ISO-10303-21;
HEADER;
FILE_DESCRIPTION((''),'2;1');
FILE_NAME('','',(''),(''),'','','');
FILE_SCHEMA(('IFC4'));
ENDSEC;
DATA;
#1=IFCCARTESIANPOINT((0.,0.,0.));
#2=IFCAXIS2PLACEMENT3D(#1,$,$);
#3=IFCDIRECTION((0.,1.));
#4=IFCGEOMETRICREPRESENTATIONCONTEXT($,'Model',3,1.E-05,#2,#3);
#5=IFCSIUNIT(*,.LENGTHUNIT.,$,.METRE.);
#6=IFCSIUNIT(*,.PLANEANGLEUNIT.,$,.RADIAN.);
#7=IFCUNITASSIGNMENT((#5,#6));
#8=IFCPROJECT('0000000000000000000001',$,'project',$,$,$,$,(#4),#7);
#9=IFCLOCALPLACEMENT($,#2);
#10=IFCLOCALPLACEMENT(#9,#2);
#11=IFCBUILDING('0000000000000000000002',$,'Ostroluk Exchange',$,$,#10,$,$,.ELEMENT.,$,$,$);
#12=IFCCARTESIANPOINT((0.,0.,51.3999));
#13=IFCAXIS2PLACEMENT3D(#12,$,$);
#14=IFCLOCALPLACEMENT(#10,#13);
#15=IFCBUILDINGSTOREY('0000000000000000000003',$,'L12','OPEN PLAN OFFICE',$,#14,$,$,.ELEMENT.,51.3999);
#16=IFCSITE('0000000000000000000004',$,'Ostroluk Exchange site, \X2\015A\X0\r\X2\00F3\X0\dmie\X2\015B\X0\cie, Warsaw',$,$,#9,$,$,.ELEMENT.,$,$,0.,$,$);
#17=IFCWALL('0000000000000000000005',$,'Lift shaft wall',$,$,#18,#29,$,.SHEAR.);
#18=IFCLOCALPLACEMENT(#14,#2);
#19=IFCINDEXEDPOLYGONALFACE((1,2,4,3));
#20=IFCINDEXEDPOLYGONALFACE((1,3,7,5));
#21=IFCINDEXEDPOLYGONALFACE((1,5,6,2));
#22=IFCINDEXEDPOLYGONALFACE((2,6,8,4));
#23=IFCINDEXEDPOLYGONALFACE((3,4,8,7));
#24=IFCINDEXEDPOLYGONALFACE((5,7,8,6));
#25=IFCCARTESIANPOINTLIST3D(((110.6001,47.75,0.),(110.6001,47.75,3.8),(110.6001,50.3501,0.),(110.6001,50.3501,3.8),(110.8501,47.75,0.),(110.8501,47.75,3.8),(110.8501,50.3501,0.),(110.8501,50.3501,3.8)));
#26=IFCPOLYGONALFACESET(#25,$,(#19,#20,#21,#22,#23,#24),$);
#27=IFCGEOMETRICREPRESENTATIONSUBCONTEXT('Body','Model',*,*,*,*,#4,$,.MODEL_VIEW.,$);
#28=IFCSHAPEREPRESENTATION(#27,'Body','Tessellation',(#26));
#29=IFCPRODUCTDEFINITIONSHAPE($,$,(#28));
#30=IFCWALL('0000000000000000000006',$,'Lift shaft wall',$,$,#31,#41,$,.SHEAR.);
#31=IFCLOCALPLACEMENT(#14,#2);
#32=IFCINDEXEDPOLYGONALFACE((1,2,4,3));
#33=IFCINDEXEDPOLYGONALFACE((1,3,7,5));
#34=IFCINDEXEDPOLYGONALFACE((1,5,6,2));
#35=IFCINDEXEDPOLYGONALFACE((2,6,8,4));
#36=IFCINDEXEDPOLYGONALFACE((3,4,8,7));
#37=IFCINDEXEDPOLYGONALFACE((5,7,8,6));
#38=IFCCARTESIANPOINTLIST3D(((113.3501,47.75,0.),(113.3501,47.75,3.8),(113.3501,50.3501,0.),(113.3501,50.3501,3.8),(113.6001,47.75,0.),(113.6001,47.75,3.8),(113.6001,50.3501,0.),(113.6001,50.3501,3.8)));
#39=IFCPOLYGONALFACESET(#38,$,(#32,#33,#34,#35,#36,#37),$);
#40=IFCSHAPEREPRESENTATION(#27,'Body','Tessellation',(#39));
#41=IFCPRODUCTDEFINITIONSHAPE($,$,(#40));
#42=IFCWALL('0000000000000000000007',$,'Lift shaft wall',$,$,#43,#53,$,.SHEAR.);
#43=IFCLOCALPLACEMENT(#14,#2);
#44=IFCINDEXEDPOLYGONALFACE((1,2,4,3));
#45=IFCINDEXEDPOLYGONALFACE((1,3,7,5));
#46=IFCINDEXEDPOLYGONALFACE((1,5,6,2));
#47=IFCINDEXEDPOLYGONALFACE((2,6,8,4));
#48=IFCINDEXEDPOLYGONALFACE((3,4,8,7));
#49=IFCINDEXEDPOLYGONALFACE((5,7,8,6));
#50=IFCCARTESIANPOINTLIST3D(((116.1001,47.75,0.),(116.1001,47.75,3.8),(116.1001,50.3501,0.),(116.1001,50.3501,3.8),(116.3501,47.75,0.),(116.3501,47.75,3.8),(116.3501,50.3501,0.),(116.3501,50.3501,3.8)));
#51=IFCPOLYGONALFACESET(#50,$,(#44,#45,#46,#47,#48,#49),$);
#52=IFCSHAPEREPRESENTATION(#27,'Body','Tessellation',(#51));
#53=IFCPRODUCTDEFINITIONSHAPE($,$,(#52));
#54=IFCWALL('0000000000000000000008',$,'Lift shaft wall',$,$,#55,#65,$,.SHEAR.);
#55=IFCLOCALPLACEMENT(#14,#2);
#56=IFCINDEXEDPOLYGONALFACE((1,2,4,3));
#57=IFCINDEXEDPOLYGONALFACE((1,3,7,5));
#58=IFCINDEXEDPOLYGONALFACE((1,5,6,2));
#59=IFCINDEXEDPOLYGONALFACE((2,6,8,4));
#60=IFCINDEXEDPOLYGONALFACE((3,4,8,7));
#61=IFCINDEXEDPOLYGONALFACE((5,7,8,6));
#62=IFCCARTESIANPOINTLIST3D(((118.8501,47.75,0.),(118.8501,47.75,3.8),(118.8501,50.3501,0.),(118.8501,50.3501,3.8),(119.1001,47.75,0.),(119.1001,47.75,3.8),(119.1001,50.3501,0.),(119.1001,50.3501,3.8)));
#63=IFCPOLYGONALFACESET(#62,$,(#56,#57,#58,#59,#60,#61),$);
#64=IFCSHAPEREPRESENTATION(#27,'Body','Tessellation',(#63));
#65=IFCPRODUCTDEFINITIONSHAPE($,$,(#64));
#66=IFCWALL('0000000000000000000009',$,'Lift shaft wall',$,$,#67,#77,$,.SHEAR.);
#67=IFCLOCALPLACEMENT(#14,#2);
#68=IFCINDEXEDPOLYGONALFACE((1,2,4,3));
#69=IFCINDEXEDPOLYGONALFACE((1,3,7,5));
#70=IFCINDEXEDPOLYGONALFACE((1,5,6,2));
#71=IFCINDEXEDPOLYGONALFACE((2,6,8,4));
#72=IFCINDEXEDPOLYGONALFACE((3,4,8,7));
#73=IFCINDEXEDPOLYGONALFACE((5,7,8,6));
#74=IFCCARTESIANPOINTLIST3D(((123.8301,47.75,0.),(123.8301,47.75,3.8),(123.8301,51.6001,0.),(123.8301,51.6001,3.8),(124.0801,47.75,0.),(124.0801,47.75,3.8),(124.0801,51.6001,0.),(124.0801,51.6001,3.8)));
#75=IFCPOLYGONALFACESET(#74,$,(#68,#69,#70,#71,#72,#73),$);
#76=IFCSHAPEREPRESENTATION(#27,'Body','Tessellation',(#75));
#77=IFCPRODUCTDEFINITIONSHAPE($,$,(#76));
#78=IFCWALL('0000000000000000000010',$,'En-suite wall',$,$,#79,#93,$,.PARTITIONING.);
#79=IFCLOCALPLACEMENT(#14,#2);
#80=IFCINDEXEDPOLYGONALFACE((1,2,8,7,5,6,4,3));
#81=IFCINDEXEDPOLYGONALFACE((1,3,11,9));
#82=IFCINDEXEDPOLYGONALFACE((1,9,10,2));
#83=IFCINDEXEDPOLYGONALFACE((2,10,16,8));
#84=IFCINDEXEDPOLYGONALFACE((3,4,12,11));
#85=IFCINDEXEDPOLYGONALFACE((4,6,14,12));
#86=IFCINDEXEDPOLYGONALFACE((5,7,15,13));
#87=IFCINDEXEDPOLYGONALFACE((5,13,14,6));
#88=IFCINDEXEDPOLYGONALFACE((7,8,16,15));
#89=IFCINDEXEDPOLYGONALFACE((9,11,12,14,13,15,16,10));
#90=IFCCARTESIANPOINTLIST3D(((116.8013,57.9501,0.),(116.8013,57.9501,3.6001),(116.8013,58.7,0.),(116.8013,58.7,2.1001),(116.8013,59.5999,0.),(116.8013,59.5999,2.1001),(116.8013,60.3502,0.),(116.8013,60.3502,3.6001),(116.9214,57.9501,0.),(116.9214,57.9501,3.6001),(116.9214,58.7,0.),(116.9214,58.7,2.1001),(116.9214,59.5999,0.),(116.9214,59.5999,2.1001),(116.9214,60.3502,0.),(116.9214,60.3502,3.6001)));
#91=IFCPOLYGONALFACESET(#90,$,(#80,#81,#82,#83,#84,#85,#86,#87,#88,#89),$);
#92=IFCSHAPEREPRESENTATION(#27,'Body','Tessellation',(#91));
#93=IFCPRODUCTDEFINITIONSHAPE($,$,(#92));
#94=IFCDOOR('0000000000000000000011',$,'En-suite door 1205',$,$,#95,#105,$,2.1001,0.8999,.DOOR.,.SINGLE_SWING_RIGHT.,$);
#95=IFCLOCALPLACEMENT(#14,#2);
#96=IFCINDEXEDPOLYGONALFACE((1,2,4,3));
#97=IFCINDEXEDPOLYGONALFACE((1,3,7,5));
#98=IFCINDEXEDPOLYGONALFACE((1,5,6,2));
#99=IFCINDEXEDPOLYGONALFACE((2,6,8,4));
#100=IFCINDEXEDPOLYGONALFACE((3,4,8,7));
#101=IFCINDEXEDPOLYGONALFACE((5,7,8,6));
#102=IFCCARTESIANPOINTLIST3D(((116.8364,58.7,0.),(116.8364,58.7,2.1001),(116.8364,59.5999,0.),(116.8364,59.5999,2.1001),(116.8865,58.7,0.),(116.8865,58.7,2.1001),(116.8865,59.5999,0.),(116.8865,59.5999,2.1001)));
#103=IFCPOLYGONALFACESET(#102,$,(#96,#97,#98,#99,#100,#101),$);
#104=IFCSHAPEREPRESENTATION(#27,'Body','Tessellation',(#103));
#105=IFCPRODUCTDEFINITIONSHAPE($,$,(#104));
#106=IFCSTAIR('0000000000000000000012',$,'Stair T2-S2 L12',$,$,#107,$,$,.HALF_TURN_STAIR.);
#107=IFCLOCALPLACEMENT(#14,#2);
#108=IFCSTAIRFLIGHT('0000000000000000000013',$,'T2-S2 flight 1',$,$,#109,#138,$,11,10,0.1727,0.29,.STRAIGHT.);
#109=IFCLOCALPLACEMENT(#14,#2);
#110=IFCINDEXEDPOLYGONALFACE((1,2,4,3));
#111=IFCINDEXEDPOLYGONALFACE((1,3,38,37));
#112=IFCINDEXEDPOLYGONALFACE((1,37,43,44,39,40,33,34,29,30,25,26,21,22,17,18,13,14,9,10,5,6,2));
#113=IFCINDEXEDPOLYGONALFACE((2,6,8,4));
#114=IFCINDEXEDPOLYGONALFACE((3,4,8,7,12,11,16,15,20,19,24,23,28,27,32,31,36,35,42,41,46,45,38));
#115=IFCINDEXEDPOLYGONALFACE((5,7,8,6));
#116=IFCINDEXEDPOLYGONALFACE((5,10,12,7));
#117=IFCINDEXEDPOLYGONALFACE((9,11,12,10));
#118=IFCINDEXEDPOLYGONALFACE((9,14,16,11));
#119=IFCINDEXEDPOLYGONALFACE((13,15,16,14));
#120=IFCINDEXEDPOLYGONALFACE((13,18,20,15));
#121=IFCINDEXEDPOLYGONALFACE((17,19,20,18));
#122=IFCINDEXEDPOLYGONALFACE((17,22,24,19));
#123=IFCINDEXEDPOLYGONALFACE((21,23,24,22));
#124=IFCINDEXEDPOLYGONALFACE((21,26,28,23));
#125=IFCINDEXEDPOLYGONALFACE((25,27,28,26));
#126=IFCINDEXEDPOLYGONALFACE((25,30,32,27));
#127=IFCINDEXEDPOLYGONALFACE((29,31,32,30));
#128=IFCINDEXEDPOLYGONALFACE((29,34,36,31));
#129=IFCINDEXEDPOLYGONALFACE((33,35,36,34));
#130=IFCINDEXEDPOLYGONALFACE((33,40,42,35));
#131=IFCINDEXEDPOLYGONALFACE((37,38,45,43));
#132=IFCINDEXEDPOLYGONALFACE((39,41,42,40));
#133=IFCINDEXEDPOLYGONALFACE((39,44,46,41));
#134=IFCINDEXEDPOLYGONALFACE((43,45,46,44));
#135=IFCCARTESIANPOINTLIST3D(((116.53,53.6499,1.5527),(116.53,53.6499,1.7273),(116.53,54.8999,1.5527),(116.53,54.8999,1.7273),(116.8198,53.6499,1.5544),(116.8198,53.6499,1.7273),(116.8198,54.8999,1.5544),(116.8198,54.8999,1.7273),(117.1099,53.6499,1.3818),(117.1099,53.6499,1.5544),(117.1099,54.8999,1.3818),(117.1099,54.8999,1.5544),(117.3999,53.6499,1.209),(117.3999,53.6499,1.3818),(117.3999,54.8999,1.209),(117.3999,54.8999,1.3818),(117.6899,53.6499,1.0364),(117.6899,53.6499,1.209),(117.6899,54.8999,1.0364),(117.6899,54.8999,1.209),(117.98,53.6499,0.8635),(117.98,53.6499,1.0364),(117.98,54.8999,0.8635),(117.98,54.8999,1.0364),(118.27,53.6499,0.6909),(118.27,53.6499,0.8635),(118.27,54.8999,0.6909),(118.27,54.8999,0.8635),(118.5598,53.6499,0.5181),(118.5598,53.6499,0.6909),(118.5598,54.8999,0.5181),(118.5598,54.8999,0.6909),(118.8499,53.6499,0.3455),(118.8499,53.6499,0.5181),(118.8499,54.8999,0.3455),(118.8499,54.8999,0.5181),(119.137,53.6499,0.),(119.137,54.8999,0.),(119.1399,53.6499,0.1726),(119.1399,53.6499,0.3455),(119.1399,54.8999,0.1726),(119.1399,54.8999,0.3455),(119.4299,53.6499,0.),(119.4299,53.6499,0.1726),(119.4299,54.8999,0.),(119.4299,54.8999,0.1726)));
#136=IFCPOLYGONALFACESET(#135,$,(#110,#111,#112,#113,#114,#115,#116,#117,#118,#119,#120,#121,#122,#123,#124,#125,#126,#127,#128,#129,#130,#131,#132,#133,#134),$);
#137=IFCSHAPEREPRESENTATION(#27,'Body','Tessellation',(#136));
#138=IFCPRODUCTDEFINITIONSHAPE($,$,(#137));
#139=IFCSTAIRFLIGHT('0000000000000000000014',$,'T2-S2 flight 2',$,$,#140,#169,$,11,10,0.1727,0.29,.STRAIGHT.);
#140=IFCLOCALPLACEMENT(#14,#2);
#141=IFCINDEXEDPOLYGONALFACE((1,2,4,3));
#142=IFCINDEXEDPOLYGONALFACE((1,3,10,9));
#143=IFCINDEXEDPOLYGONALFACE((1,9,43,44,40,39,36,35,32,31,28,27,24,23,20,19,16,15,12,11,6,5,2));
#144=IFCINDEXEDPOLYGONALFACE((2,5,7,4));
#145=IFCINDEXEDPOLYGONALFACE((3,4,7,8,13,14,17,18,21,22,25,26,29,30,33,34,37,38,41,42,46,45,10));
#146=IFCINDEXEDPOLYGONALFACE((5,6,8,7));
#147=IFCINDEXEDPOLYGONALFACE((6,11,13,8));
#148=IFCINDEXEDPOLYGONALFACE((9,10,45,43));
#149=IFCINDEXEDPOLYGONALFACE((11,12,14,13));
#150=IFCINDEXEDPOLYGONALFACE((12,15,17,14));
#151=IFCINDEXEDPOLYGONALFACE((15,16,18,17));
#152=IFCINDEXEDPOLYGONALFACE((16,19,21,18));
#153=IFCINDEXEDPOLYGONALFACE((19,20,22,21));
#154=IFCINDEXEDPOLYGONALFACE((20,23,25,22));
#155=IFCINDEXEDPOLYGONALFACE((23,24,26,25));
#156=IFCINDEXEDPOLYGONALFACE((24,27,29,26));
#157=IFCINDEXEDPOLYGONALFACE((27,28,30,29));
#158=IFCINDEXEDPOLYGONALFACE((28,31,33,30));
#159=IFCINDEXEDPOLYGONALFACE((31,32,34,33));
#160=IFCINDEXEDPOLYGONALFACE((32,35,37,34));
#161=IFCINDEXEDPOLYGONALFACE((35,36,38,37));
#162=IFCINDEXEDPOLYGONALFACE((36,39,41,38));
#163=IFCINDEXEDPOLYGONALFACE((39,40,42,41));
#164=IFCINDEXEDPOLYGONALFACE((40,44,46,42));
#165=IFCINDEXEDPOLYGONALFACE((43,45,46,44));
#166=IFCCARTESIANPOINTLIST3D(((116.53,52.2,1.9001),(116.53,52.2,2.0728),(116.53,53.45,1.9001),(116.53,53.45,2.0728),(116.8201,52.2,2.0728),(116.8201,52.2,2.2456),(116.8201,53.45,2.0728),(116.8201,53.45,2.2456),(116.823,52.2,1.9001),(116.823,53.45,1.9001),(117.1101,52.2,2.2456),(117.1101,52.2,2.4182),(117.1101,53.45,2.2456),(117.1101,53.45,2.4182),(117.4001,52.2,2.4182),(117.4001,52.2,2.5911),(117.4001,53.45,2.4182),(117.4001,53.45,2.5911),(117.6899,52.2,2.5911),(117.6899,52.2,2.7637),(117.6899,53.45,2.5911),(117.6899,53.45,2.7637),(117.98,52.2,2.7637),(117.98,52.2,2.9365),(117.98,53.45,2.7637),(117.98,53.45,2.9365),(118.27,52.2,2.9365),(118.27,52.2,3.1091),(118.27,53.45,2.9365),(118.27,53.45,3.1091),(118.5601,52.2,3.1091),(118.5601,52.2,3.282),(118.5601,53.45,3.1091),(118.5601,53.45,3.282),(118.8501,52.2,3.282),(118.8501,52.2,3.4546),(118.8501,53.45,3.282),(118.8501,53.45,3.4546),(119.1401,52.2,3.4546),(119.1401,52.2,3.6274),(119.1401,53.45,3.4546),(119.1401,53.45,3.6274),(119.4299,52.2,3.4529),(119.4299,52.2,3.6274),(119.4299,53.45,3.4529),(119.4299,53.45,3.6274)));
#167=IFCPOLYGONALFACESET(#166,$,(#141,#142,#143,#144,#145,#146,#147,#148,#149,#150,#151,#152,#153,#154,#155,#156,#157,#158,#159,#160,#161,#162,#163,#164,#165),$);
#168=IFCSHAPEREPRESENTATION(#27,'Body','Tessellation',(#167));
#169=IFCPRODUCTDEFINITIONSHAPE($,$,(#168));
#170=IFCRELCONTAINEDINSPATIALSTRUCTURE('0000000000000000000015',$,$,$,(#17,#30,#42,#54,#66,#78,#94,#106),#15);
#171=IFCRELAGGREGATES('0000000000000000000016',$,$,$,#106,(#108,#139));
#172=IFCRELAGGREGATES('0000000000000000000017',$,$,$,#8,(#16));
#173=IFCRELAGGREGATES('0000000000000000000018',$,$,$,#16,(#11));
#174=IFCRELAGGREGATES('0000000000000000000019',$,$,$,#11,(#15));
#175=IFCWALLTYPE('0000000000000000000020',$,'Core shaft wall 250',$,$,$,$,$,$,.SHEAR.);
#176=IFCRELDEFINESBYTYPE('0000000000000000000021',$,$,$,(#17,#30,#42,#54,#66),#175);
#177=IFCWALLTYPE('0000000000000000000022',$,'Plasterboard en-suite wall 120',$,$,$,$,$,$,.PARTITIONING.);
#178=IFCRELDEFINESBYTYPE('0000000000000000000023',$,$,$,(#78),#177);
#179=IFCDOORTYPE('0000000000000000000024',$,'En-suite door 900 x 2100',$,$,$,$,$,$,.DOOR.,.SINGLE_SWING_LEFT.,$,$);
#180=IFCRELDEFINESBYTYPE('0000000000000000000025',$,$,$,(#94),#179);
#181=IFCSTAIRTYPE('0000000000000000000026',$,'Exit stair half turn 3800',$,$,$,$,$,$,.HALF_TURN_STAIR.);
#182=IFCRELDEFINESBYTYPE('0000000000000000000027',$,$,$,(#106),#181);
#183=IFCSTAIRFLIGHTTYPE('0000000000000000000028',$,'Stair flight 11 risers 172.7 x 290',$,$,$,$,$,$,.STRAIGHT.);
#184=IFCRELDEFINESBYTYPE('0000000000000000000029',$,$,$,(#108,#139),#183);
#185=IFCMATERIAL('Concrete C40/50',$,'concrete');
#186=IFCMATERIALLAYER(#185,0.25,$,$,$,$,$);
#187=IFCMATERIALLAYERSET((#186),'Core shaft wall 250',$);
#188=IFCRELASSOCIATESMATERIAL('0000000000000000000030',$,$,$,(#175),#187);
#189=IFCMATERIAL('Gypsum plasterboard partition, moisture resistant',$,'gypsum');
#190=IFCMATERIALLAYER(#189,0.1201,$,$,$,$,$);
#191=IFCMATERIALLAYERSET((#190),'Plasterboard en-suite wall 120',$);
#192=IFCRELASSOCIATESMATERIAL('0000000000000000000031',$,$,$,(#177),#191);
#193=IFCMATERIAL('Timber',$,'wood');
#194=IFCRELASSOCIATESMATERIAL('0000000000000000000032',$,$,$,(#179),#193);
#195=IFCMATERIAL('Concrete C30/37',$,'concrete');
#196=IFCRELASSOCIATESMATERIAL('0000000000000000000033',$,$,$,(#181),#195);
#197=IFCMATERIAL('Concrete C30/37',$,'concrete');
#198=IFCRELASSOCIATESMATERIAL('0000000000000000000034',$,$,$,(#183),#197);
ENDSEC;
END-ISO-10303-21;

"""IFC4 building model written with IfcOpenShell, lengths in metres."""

from ifc_helpers import new_model, si_unit, direction, frame, frame_2d, origin, place, context, subcontext, project, spatial, polyline, rectangle, outline, extrude, material, layer, layer_set, type_object, element, fill, aggregate, save


model = new_model("IFC4")

# Units and contexts
model_context = context("Model", 3, precision=1e-05, world=origin(), true_north=direction((0.0, 1.0)))
body_context = subcontext(model_context, "Body", "Model", "MODEL_VIEW")
ifc_project = project(units=[si_unit("LENGTHUNIT", "METRE"), si_unit("PLANEANGLEUNIT", "RADIAN")], contexts=[model_context])

# Site, building, storey
site_placement = place(None, origin())
site = spatial("IfcSite", under=ifc_project, at=site_placement, Name="Ostroluk Exchange site, Śródmieście, Warsaw", CompositionType="ELEMENT", RefElevation=0.0)
building_placement = place(site_placement, origin())
building = spatial("IfcBuilding", under=site, at=building_placement, Name="Ostroluk Exchange", CompositionType="ELEMENT")
storey_placement = place(building_placement, frame((0.0, 0.0, 51.3999)))
storey = spatial("IfcBuildingStorey", under=building, at=storey_placement, Name="L12", Description="OPEN PLAN OFFICE", CompositionType="ELEMENT", Elevation=51.3999)

# Shared definitions
ifc_material_1 = material(Name="Concrete C40/50", Category="concrete")
ifc_layer_1 = layer(ifc_material_1, 0.25)
ifc_layer_set_1 = layer_set([ifc_layer_1], Name="Core shaft wall 250")
wall_type_1 = type_object("IfcWallType", Name="Core shaft wall 250", PredefinedType="SHEAR", material=ifc_layer_set_1)

# Walls
for number, where, z_axis, x_axis, name in (
    (1, (110.7251, 47.75, 0.0), (0.0, 0.0, 1.0), (0.0, 1.0, 0.0), "Lift shaft wall"),
    (2, (113.4751, 47.75, 0.0), (0.0, 0.0, 1.0), (0.0, 1.0, 0.0), "Lift shaft wall"),
    (3, (116.2251, 47.75, 0.0), (0.0, 0.0, 1.0), (0.0, 1.0, 0.0), "Lift shaft wall"),
    (4, (118.9751, 47.75, 0.0), (0.0, 0.0, 1.0), (0.0, 1.0, 0.0), "Lift shaft wall"),
):
    element("IfcWall", number, at=place(storey_placement, frame(where, z_axis=z_axis, x_axis=x_axis)), inside=storey, type_object=wall_type_1, Name=name, PredefinedType="SHEAR", context=body_context, shape_type="SweptSolid", body=[
        extrude(rectangle(XDim=2.6001, YDim=0.25, at=frame_2d((1.3, 0.0))), origin(), (0.0, 0.0, 1.0), 3.8),
    ])
wall_1_placement = place(storey_placement, frame((123.9551, 47.75, 0.0), z_axis=(0.0, 0.0, 1.0), x_axis=(0.0, 1.0, 0.0)))
element("IfcWall", 5, at=wall_1_placement, inside=storey, type_object=wall_type_1, Name="Lift shaft wall", PredefinedType="SHEAR", context=body_context, shape_type="SweptSolid", body=[
    extrude(rectangle(XDim=3.8501, YDim=0.25, at=frame_2d((1.925, 0.0))), origin(), (0.0, 0.0, 1.0), 3.8),
])

# Wall, opening, door
ifc_material_2 = material(Name="Gypsum plasterboard partition, moisture resistant", Category="gypsum")
ifc_layer_2 = layer(ifc_material_2, 0.1201)
ifc_layer_set_2 = layer_set([ifc_layer_2], Name="Plasterboard en-suite wall 120")
wall_type_2 = type_object("IfcWallType", Name="Plasterboard en-suite wall 120", PredefinedType="PARTITIONING", material=ifc_layer_set_2)
wall_2_placement = place(storey_placement, frame((116.8613, 57.95, 0.0), z_axis=(0.0, 0.0, 1.0), x_axis=(0.0, 1.0, 0.0)))
wall_2 = element("IfcWall", 6, at=wall_2_placement, inside=storey, type_object=wall_type_2, Name="En-suite wall", PredefinedType="PARTITIONING", context=body_context, shape_type="SweptSolid", body=[
    extrude(rectangle(XDim=2.4001, YDim=0.1201, at=frame_2d((1.2002, 0.0))), origin(), (0.0, 0.0, 1.0), 3.6001),
])
opening_1_placement = place(wall_2_placement, frame((0.75, 0.0, 0.0)))
opening_1 = element("IfcOpeningElement", 7, at=opening_1_placement, cuts=wall_2, PredefinedType="OPENING", context=body_context, shape_type="SweptSolid", body=[
    extrude(rectangle(XDim=0.8999, YDim=2.1001, at=frame_2d((0.45, 1.05))), frame((0.0, 0.0701, 0.0), z_axis=(0.0, -1.0, 0.0), x_axis=(1.0, 0.0, 0.0)), (0.0, 0.0, 1.0), 0.1401),
])
ifc_material_3 = material(Name="Timber", Category="wood")
door_type_1 = type_object("IfcDoorType", Name="En-suite door 900 x 2100", OperationType="SINGLE_SWING_LEFT", PredefinedType="DOOR", material=ifc_material_3)
door_1_placement = place(opening_1_placement, origin())
door_1 = element("IfcDoor", 8, at=door_1_placement, inside=storey, type_object=door_type_1, Name="En-suite door 1205", OperationType="SINGLE_SWING_RIGHT", OverallHeight=2.1001, OverallWidth=0.8999, PredefinedType="DOOR", context=body_context, shape_type="SweptSolid", body=[
    extrude(rectangle(XDim=0.8999, YDim=2.1001, at=frame_2d((0.45, 1.05))), frame((0.0, 0.0249, 0.0), z_axis=(0.0, -1.0, 0.0), x_axis=(1.0, 0.0, 0.0)), (0.0, 0.0, 1.0), 0.05),
])
fill(opening_1, door_1)

# Stair, stair flights
ifc_material_4 = material(Name="Concrete C30/37", Category="concrete")
stair_type = type_object("IfcStairType", Name="Exit stair half turn 3800", PredefinedType="HALF_TURN_STAIR", material=ifc_material_4)
stair_placement = place(storey_placement, origin())
stair = element("IfcStair", 9, at=stair_placement, inside=storey, type_object=stair_type, Name="Stair T2-S2 L12", PredefinedType="HALF_TURN_STAIR")
ifc_material_5 = material(Name="Concrete C30/37", Category="concrete")
stair_flight_type = type_object("IfcStairFlightType", Name="Stair flight 11 risers 172.7 x 290", PredefinedType="STRAIGHT", material=ifc_material_5)
stair_flight_1_placement = place(storey_placement, frame((119.4299, 54.2749, 0.0), z_axis=(0.0, 0.0, 1.0), x_axis=(-1.0, 0.0, 0.0)))
stair_flight_1 = element("IfcStairFlight", 10, at=stair_flight_1_placement, type_object=stair_flight_type, Name="T2-S2 flight 1", NumberOfRisers=11, NumberOfTreads=10, PredefinedType="STRAIGHT", RiserHeight=0.1727, TreadLength=0.29, context=body_context, shape_type="SweptSolid", body=[
    extrude(outline(polyline([(0.0, 0.0), (0.0, 0.1726), (0.29, 0.1726), (0.29, 0.3455), (0.5801, 0.3455), (0.5801, 0.5181), (0.8701, 0.5181), (0.8701, 0.6909), (1.1599, 0.6909), (1.1599, 0.8635), (1.45, 0.8635), (1.45, 1.0364), (1.74, 1.0364), (1.74, 1.209), (2.03, 1.209), (2.03, 1.3818), (2.3201, 1.3818), (2.3201, 1.5544), (2.6101, 1.5544), (2.6101, 1.7273), (2.8999, 1.7273), (2.8999, 1.8999), (2.8999, 1.5527), (0.293, 0.0), (0.0, 0.0)])), frame((0.0, 0.625, 0.0), z_axis=(0.0, -1.0, 0.0), x_axis=(1.0, 0.0, 0.0)), (0.0, 0.0, 1.0), 1.25),
])
stair_flight_2_placement = place(storey_placement, frame((116.53, 52.825, 1.9001), z_axis=(0.0, 0.0, 1.0), x_axis=(1.0, 0.0, 0.0)))
stair_flight_2 = element("IfcStairFlight", 11, at=stair_flight_2_placement, type_object=stair_flight_type, Name="T2-S2 flight 2", NumberOfRisers=11, NumberOfTreads=10, PredefinedType="STRAIGHT", RiserHeight=0.1727, TreadLength=0.29, context=body_context, shape_type="SweptSolid", body=[
    extrude(outline(polyline([(0.0, 0.0), (0.0, 0.1726), (0.29, 0.1726), (0.29, 0.3455), (0.5801, 0.3455), (0.5801, 0.5181), (0.8701, 0.5181), (0.8701, 0.6909), (1.1599, 0.6909), (1.1599, 0.8635), (1.45, 0.8635), (1.45, 1.0364), (1.74, 1.0364), (1.74, 1.209), (2.03, 1.209), (2.03, 1.3818), (2.3201, 1.3818), (2.3201, 1.5544), (2.6101, 1.5544), (2.6101, 1.7273), (2.8999, 1.7273), (2.8999, 1.8999), (2.8999, 1.5527), (0.293, 0.0), (0.0, 0.0)])), frame((0.0, 0.625, 0.0), z_axis=(0.0, -1.0, 0.0), x_axis=(1.0, 0.0, 0.0)), (0.0, 0.0, 1.0), 1.25),
])
aggregate(stair, [stair_flight_1, stair_flight_2])

save(model, "model.ifc")
